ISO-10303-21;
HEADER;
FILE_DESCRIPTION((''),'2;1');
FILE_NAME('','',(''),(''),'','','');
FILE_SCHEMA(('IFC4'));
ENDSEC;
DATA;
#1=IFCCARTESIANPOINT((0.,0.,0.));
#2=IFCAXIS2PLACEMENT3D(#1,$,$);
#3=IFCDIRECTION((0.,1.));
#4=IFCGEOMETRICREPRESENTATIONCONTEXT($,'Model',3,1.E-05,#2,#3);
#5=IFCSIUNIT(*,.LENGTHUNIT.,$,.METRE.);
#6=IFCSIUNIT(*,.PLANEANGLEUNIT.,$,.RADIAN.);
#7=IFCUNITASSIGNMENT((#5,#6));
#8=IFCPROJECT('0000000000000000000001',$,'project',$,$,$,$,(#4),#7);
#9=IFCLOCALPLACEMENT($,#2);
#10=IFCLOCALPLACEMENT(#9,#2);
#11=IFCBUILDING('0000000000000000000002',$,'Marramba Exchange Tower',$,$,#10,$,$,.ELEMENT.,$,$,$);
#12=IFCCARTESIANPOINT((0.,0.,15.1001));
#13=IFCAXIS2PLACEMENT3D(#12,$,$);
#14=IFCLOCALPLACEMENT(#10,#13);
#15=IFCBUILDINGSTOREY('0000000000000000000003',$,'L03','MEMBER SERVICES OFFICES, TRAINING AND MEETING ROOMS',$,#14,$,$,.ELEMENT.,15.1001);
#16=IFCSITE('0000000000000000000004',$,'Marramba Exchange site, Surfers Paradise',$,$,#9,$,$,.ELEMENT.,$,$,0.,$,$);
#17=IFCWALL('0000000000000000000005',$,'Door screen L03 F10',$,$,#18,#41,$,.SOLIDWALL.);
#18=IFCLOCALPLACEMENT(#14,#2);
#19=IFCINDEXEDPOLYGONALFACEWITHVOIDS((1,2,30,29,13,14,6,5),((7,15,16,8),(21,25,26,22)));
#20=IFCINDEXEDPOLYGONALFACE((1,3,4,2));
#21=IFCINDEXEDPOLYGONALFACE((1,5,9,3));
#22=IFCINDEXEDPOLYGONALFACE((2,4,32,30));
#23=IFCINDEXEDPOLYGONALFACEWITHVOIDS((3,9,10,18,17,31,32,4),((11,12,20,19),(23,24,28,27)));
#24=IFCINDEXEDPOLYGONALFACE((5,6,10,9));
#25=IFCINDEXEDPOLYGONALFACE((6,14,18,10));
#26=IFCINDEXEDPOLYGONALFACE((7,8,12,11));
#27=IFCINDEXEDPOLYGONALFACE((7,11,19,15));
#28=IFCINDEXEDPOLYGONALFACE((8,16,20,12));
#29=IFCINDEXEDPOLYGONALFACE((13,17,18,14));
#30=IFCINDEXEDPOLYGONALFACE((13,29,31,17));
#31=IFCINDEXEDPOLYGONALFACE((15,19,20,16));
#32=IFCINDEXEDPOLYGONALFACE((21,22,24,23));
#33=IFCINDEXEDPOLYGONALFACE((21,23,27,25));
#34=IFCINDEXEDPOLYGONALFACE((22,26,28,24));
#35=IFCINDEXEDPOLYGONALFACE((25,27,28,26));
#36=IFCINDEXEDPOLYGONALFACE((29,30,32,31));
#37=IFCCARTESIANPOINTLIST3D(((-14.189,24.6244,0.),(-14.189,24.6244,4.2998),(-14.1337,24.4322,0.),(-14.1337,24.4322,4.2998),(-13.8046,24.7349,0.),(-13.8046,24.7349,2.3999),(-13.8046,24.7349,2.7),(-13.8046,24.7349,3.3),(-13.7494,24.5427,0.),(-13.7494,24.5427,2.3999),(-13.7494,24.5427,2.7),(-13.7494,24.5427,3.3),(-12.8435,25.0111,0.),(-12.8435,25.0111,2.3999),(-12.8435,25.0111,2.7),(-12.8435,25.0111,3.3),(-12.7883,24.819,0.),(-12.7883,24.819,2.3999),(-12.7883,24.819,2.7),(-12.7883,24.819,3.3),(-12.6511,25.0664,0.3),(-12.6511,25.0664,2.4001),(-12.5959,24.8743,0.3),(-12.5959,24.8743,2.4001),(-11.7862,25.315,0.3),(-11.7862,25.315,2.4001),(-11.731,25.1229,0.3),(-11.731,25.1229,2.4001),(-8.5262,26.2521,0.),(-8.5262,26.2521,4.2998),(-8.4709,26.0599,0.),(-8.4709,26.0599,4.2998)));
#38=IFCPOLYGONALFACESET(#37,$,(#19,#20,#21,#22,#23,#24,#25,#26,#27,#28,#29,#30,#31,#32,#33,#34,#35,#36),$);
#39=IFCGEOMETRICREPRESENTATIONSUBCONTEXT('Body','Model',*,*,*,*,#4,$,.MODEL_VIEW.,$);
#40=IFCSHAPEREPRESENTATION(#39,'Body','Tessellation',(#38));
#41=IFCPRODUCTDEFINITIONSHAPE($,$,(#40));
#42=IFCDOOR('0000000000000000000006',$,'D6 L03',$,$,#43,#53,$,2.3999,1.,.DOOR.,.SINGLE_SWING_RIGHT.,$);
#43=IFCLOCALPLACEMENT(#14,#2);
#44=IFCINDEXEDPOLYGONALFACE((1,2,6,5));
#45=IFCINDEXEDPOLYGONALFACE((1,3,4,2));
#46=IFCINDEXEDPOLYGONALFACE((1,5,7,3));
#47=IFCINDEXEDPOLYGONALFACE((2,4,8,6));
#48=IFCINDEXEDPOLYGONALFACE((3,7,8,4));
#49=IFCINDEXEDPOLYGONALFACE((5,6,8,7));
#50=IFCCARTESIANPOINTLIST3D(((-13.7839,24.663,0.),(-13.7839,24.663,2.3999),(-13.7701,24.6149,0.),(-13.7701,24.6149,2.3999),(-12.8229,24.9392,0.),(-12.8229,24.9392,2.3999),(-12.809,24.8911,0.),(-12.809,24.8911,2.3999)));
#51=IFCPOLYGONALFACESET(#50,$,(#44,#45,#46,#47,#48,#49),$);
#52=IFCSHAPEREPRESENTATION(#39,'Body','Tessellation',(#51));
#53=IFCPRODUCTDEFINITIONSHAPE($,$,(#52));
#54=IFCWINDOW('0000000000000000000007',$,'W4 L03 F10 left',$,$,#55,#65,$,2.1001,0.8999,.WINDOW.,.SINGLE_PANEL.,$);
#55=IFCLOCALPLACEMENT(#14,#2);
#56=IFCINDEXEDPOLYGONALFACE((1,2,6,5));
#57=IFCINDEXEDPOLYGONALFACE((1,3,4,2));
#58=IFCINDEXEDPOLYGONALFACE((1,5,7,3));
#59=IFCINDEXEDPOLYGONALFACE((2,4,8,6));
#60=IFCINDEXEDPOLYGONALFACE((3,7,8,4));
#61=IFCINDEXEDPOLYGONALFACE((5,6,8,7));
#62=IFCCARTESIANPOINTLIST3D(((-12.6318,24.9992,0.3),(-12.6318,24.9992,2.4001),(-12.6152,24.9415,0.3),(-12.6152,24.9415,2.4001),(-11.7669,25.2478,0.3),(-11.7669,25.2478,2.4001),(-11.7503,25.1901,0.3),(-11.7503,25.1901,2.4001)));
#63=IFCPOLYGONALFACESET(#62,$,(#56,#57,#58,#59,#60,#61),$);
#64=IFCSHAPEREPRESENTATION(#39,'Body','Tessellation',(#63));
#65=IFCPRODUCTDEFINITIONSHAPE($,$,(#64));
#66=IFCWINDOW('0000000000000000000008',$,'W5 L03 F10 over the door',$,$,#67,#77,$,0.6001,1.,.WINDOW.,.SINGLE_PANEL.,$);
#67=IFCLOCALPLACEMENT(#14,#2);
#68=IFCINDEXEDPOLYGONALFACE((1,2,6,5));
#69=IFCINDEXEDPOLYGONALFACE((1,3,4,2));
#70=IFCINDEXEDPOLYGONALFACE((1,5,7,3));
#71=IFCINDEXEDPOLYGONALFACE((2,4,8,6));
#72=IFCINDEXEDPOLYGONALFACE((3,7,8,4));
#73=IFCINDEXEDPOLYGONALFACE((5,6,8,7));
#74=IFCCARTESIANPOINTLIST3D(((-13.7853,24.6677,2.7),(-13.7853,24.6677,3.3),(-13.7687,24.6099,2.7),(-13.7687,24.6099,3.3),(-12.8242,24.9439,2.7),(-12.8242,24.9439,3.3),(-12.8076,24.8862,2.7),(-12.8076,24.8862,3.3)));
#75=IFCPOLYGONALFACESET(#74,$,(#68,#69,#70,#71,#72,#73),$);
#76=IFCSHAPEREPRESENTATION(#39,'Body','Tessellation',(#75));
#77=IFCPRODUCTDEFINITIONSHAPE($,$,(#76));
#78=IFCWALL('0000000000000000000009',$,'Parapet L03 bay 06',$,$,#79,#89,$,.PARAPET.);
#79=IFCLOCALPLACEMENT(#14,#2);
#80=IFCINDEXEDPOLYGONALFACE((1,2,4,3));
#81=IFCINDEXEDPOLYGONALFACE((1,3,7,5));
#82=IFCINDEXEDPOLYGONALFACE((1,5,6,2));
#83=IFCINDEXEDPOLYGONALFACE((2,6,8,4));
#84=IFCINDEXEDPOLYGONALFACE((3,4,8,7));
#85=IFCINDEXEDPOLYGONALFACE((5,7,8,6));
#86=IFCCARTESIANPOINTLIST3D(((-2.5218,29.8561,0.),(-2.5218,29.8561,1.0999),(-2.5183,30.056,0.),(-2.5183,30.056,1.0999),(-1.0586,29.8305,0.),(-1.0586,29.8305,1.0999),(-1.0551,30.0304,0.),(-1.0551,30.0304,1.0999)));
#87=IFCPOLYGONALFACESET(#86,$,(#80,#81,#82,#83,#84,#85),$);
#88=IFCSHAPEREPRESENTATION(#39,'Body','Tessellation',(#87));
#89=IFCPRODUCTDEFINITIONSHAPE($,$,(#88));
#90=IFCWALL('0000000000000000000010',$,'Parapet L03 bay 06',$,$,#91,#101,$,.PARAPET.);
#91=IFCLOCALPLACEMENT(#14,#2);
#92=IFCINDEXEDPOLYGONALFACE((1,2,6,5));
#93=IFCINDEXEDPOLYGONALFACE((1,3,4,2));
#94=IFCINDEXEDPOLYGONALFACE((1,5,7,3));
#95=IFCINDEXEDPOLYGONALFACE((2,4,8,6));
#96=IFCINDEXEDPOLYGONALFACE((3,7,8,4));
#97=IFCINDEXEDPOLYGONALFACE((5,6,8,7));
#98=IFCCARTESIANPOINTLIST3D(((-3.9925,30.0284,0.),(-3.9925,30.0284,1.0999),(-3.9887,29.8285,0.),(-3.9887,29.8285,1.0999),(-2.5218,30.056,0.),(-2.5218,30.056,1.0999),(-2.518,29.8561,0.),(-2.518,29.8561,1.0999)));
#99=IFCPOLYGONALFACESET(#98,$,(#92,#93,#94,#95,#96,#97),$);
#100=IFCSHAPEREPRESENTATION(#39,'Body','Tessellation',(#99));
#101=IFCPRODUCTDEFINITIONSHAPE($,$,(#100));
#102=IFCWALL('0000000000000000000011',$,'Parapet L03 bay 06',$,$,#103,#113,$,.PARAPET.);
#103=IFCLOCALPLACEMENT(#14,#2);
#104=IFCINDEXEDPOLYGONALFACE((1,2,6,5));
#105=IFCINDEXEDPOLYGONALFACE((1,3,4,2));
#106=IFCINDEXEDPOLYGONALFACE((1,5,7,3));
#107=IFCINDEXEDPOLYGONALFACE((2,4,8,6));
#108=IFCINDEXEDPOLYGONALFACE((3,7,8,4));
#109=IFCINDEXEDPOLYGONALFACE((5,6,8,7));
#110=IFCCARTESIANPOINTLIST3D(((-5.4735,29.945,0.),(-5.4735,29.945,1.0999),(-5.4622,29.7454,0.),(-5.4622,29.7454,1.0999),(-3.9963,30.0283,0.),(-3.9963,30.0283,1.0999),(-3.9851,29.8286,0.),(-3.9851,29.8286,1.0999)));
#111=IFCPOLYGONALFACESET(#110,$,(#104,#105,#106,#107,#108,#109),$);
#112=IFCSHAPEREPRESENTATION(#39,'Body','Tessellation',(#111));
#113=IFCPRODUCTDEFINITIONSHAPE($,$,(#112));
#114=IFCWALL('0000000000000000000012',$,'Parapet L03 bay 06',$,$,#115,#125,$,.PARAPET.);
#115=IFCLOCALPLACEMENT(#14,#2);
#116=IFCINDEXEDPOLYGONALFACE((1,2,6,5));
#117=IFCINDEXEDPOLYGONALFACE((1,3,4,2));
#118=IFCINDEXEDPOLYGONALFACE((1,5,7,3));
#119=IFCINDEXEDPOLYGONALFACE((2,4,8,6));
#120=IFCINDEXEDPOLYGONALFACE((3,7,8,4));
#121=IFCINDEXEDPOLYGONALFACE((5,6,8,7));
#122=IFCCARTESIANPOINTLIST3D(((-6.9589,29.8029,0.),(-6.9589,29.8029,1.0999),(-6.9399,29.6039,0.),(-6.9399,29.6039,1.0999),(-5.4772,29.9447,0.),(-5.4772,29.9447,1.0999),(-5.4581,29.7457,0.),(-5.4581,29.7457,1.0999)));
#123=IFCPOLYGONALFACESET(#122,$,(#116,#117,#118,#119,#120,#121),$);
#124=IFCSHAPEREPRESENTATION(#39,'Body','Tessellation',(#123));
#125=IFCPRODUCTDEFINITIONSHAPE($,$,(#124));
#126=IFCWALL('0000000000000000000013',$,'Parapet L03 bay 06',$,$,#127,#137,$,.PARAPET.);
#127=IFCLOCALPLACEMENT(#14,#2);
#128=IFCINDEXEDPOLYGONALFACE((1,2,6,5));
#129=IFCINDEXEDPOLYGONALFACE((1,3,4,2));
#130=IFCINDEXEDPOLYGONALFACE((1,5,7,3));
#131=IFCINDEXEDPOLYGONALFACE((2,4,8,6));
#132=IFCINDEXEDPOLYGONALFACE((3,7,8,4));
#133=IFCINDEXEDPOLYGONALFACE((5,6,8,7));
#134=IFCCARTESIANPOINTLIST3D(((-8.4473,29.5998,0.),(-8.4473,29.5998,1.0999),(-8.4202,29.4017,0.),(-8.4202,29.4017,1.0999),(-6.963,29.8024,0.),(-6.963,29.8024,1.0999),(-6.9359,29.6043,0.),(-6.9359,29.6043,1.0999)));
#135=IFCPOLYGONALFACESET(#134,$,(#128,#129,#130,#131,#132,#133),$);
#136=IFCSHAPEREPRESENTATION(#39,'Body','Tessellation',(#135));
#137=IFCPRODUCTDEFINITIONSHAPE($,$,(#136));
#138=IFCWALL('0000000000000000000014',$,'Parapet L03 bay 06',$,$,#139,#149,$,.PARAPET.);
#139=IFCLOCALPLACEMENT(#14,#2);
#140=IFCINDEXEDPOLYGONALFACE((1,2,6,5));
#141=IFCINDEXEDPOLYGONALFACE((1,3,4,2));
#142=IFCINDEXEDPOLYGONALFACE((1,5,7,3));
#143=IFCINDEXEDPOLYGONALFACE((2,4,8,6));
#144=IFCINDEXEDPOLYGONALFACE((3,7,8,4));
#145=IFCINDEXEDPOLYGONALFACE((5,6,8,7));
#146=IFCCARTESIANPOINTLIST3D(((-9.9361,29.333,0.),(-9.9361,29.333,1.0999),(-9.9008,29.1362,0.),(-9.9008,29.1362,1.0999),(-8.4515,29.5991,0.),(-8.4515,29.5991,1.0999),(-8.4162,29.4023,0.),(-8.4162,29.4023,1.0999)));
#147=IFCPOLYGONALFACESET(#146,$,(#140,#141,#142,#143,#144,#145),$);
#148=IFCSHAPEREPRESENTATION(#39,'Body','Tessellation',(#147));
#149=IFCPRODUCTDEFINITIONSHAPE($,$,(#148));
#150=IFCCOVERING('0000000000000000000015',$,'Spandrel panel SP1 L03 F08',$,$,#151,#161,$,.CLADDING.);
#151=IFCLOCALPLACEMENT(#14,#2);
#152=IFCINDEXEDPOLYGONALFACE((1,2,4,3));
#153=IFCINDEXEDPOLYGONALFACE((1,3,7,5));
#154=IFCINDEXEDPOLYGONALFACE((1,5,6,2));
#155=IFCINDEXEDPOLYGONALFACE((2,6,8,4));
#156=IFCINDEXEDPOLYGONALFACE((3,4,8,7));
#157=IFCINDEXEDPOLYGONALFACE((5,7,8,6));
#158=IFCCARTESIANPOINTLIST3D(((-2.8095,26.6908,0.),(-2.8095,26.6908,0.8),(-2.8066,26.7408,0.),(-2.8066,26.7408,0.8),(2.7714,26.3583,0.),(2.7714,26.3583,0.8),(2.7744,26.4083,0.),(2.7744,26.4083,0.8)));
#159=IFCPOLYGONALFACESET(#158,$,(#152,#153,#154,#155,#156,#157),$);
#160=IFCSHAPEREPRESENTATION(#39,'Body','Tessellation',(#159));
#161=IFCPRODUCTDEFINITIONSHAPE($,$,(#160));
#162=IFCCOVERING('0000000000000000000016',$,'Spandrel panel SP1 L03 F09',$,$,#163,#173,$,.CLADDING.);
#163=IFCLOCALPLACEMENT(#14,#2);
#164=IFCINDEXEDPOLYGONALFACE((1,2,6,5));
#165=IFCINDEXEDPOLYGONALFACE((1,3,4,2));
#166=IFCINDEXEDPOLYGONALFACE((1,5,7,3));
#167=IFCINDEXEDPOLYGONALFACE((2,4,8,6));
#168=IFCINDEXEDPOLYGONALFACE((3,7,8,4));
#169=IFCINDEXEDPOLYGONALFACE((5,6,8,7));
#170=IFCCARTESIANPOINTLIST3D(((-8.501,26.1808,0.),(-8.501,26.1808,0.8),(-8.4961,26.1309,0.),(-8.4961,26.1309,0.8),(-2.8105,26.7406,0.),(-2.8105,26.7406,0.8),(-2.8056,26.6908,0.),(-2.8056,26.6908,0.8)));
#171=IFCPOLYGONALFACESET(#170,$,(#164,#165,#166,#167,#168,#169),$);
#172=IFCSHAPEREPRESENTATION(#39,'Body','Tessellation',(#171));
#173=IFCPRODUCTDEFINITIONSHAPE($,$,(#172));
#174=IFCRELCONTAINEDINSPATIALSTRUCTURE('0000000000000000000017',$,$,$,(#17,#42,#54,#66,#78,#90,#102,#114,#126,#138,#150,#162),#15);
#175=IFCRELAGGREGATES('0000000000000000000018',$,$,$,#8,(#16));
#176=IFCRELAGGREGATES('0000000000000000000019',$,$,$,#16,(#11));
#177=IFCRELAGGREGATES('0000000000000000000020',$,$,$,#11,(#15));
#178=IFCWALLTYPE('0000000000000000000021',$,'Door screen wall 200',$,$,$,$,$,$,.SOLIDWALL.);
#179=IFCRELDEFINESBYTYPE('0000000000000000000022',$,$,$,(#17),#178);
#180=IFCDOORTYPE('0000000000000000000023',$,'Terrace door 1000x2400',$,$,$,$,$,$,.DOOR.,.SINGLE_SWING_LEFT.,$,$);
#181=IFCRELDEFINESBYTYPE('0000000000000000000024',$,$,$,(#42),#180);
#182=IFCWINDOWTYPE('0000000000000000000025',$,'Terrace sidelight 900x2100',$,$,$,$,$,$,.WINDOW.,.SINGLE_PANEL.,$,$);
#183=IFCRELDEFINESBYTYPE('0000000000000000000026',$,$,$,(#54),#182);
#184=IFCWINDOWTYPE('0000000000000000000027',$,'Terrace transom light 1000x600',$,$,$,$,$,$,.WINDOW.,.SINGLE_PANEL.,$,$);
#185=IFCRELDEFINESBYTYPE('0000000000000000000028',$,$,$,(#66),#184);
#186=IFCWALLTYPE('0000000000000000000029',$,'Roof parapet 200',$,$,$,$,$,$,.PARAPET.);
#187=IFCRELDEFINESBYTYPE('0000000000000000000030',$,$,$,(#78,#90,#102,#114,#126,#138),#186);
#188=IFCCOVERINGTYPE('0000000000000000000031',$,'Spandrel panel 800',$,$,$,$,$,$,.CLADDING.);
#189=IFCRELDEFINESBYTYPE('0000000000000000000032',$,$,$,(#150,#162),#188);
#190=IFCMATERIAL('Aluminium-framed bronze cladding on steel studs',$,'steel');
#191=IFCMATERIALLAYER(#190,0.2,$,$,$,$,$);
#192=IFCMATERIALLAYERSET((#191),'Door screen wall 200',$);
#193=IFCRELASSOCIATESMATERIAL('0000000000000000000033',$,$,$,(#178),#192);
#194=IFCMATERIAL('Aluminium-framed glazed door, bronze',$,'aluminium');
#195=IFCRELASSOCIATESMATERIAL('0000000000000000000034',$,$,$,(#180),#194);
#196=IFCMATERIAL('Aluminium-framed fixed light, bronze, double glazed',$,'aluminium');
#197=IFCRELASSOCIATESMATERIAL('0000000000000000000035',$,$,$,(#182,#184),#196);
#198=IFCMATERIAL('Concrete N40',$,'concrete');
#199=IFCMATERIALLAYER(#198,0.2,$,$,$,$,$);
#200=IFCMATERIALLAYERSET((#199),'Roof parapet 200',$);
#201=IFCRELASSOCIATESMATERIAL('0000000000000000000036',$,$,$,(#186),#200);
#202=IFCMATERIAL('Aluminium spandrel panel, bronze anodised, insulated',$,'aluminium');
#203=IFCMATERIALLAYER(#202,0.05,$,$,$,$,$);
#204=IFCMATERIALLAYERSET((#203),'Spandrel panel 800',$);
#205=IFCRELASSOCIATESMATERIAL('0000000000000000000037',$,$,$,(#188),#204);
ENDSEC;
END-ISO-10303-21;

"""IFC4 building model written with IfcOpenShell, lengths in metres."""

from ifc_helpers import new_model, si_unit, direction, frame, frame_2d, origin, origin_2d, place, context, subcontext, project, spatial, rectangle, extrude, material, layer, layer_set, type_object, element, fill, save


model = new_model("IFC4")

# Units and contexts
model_context = context("Model", 3, precision=1e-05, world=origin(), true_north=direction((0.0, 1.0)))
body_context = subcontext(model_context, "Body", "Model", "MODEL_VIEW")
ifc_project = project(units=[si_unit("LENGTHUNIT", "METRE"), si_unit("PLANEANGLEUNIT", "RADIAN")], contexts=[model_context])

# Site, building, storey
site_placement = place(None, origin())
site = spatial("IfcSite", under=ifc_project, at=site_placement, Name="Marramba Exchange site, Surfers Paradise", CompositionType="ELEMENT", RefElevation=0.0)
building_placement = place(site_placement, origin())
building = spatial("IfcBuilding", under=site, at=building_placement, Name="Marramba Exchange Tower", CompositionType="ELEMENT")
storey_placement = place(building_placement, frame((0.0, 0.0, 15.1001)))
storey = spatial("IfcBuildingStorey", under=building, at=storey_placement, Name="L03", Description="MEMBER SERVICES OFFICES, TRAINING AND MEETING ROOMS", CompositionType="ELEMENT", Elevation=15.1001)

# Wall, openings, door, windows
ifc_material_1 = material(Name="Aluminium-framed bronze cladding on steel studs", Category="steel")
ifc_layer_1 = layer(ifc_material_1, 0.2)
ifc_layer_set_1 = layer_set([ifc_layer_1], Name="Door screen wall 200")
wall_type_1 = type_object("IfcWallType", Name="Door screen wall 200", PredefinedType="SOLIDWALL", material=ifc_layer_set_1)
wall_1_placement = place(storey_placement, frame((-8.4985, 26.156, 0.0), z_axis=(0.0, 0.0, 1.0), x_axis=(-0.961086, -0.276248, 0.0)))
wall_1 = element("IfcWall", 1, at=wall_1_placement, inside=storey, type_object=wall_type_1, Name="Door screen L03 F10", PredefinedType="SOLIDWALL", context=body_context, shape_type="SweptSolid", body=[
    extrude(rectangle(XDim=5.8921, YDim=0.2, at=frame_2d((2.946, 0.0))), origin(), (0.0, 0.0, 1.0), 4.2998),
])
opening_1_placement = place(wall_1_placement, frame((4.4922, 0.0, 0.0)))
opening_1 = element("IfcOpeningElement", 2, at=opening_1_placement, cuts=wall_1, PredefinedType="OPENING", context=body_context, shape_type="SweptSolid", body=[
    extrude(rectangle(XDim=1.0, YDim=2.3999, at=frame_2d((0.5, 1.2))), frame((0.0, 0.1099, 0.0), z_axis=(0.0, -1.0, 0.0), x_axis=(1.0, 0.0, 0.0)), (0.0, 0.0, 1.0), 0.22),
])
opening_2_placement = place(wall_1_placement, frame((3.3921, 0.0, 0.3)))
opening_2 = element("IfcOpeningElement", 3, at=opening_2_placement, cuts=wall_1, PredefinedType="OPENING", context=body_context, shape_type="SweptSolid", body=[
    extrude(rectangle(XDim=0.8999, YDim=2.1001, at=frame_2d((0.45, 1.05))), frame((0.0, 0.1099, 0.0), z_axis=(0.0, -1.0, 0.0), x_axis=(1.0, 0.0, 0.0)), (0.0, 0.0, 1.0), 0.22),
])
opening_3_placement = place(wall_1_placement, frame((4.4922, 0.0, 2.7)))
opening_3 = element("IfcOpeningElement", 4, at=opening_3_placement, cuts=wall_1, PredefinedType="OPENING", context=body_context, shape_type="SweptSolid", body=[
    extrude(rectangle(XDim=1.0, YDim=0.6001, at=frame_2d((0.5, 0.3))), frame((0.0, 0.1099, 0.0), z_axis=(0.0, -1.0, 0.0), x_axis=(1.0, 0.0, 0.0)), (0.0, 0.0, 1.0), 0.22),
])
ifc_material_2 = material(Name="Aluminium-framed glazed door, bronze", Category="aluminium")
door_type = type_object("IfcDoorType", Name="Terrace door 1000x2400", OperationType="SINGLE_SWING_LEFT", PredefinedType="DOOR", material=ifc_material_2)
door_placement = place(opening_1_placement, frame((1.0, 0.0, 0.0), z_axis=(0.0, 0.0, 1.0), x_axis=(-1.0, 0.0, 0.0)))
door = element("IfcDoor", 5, at=door_placement, inside=storey, type_object=door_type, Name="D6 L03", OperationType="SINGLE_SWING_RIGHT", OverallHeight=2.3999, OverallWidth=1.0, PredefinedType="DOOR", context=body_context, shape_type="SweptSolid", body=[
    extrude(rectangle(XDim=1.0, YDim=2.3999, at=frame_2d((0.5, 1.2))), frame((0.0, 0.0251, 0.0), z_axis=(0.0, -1.0, 0.0), x_axis=(1.0, 0.0, 0.0)), (0.0, 0.0, 1.0), 0.05),
])
fill(opening_1, door)
ifc_material_3 = material(Name="Aluminium-framed fixed light, bronze, double glazed", Category="aluminium")
window_type_1 = type_object("IfcWindowType", Name="Terrace sidelight 900x2100", PartitioningType="SINGLE_PANEL", PredefinedType="WINDOW", material=ifc_material_3)
window_1_placement = place(opening_2_placement, origin())
window_1 = element("IfcWindow", 6, at=window_1_placement, inside=storey, type_object=window_type_1, Name="W4 L03 F10 left", OverallHeight=2.1001, OverallWidth=0.8999, PartitioningType="SINGLE_PANEL", PredefinedType="WINDOW", context=body_context, shape_type="SweptSolid", body=[
    extrude(rectangle(XDim=0.8999, YDim=2.1001, at=frame_2d((0.45, 1.05))), frame((0.0, 0.03, 0.0), z_axis=(0.0, -1.0, 0.0), x_axis=(1.0, 0.0, 0.0)), (0.0, 0.0, 1.0), 0.0601),
])
fill(opening_2, window_1)
window_type_2 = type_object("IfcWindowType", Name="Terrace transom light 1000x600", PartitioningType="SINGLE_PANEL", PredefinedType="WINDOW", material=ifc_material_3)
window_2_placement = place(opening_3_placement, origin())
window_2 = element("IfcWindow", 7, at=window_2_placement, inside=storey, type_object=window_type_2, Name="W5 L03 F10 over the door", OverallHeight=0.6001, OverallWidth=1.0, PartitioningType="SINGLE_PANEL", PredefinedType="WINDOW", context=body_context, shape_type="SweptSolid", body=[
    extrude(rectangle(XDim=1.0, YDim=0.6001, at=frame_2d((0.5, 0.3))), frame((0.0, 0.03, 0.0), z_axis=(0.0, -1.0, 0.0), x_axis=(1.0, 0.0, 0.0)), (0.0, 0.0, 1.0), 0.0601),
])
fill(opening_3, window_2)

# Walls
ifc_material_4 = material(Name="Concrete N40", Category="concrete")
ifc_layer_2 = layer(ifc_material_4, 0.2)
ifc_layer_set_2 = layer_set([ifc_layer_2], Name="Roof parapet 200")
wall_type_2 = type_object("IfcWallType", Name="Roof parapet 200", PredefinedType="PARAPET", material=ifc_layer_set_2)
wall_2_placement = place(storey_placement, frame((-1.0569, 29.9304, 0.0), z_axis=(0.0, 0.0, 1.0), x_axis=(-0.999847, 0.017518, 0.0)))
element("IfcWall", 8, at=wall_2_placement, inside=storey, type_object=wall_type_2, Name="Parapet L03 bay 06", PredefinedType="PARAPET", context=body_context, shape_type="SweptSolid", body=[
    extrude(rectangle(XDim=1.4634, YDim=0.2, at=frame_2d((0.7317, 0.0))), origin(), (0.0, 0.0, 1.0), 1.0999),
])
wall_3_placement = place(storey_placement, frame((-2.52, 29.9561, 0.0), z_axis=(0.0, 0.0, 1.0), x_axis=(-0.999824, -0.018755, 0.0)))
element("IfcWall", 9, at=wall_3_placement, inside=storey, type_object=wall_type_2, Name="Parapet L03 bay 06", PredefinedType="PARAPET", context=body_context, shape_type="SweptSolid", body=[
    extrude(rectangle(XDim=1.4709, YDim=0.2, at=frame_2d((0.7354, 0.0))), origin(), (0.0, 0.0, 1.0), 1.0999),
])
wall_4_placement = place(storey_placement, frame((-3.9907, 29.9285, 0.0), z_axis=(0.0, 0.0, 1.0), x_axis=(-0.998415, -0.056274, 0.0)))
element("IfcWall", 10, at=wall_4_placement, inside=storey, type_object=wall_type_2, Name="Parapet L03 bay 06", PredefinedType="PARAPET", context=body_context, shape_type="SweptSolid", body=[
    extrude(rectangle(XDim=1.4795, YDim=0.2, at=frame_2d((0.7397, 0.0))), origin(), (0.0, 0.0, 1.0), 1.0999),
])
wall_5_placement = place(storey_placement, frame((-5.4678, 29.8452, 0.0), z_axis=(0.0, 0.0, 1.0), x_axis=(-0.995449, -0.095297, 0.0)))
element("IfcWall", 11, at=wall_5_placement, inside=storey, type_object=wall_type_2, Name="Parapet L03 bay 06", PredefinedType="PARAPET", context=body_context, shape_type="SweptSolid", body=[
    extrude(rectangle(XDim=1.4885, YDim=0.2, at=frame_2d((0.7441, 0.0))), origin(), (0.0, 0.0, 1.0), 1.0999),
])
wall_6_placement = place(storey_placement, frame((-6.9495, 29.7034, 0.0), z_axis=(0.0, 0.0, 1.0), x_axis=(-0.99081, -0.135259, 0.0)))
element("IfcWall", 12, at=wall_6_placement, inside=storey, type_object=wall_type_2, Name="Parapet L03 bay 06", PredefinedType="PARAPET", context=body_context, shape_type="SweptSolid", body=[
    extrude(rectangle(XDim=1.498, YDim=0.2, at=frame_2d((0.749, 0.0))), origin(), (0.0, 0.0, 1.0), 1.0999),
])
wall_7_placement = place(storey_placement, frame((-8.4338, 29.5007, 0.0), z_axis=(0.0, 0.0, 1.0), x_axis=(-0.984312, -0.176435, 0.0)))
element("IfcWall", 13, at=wall_7_placement, inside=storey, type_object=wall_type_2, Name="Parapet L03 bay 06", PredefinedType="PARAPET", context=body_context, shape_type="SweptSolid", body=[
    extrude(rectangle(XDim=1.5083, YDim=0.2, at=frame_2d((0.7542, 0.0))), origin(), (0.0, 0.0, 1.0), 1.0999),
])

# Coverings
ifc_material_5 = material(Name="Aluminium spandrel panel, bronze anodised, insulated", Category="aluminium")
ifc_layer_3 = layer(ifc_material_5, 0.05)
ifc_layer_set_3 = layer_set([ifc_layer_3], Name="Spandrel panel 800")
covering_type = type_object("IfcCoveringType", Name="Spandrel panel 800", PredefinedType="CLADDING", material=ifc_layer_set_3)
covering_1_placement = place(storey_placement, frame((-0.0176, 26.5496, 0.0), z_axis=(0.0, 0.0, 1.0), x_axis=(-0.99823, 0.059468, 0.0)))
element("IfcCovering", 14, at=covering_1_placement, inside=storey, type_object=covering_type, Name="Spandrel panel SP1 L03 F08", PredefinedType="CLADDING", context=body_context, shape_type="SweptSolid", body=[
    extrude(rectangle(XDim=5.5908, YDim=0.05, at=origin_2d()), origin(), (0.0, 0.0, 1.0), 0.8),
])
covering_2_placement = place(storey_placement, frame((-5.6533, 26.4358, 0.0), z_axis=(0.0, 0.0, 1.0), x_axis=(-0.995195, -0.097914, 0.0)))
element("IfcCovering", 15, at=covering_2_placement, inside=storey, type_object=covering_type, Name="Spandrel panel SP1 L03 F09", PredefinedType="CLADDING", context=body_context, shape_type="SweptSolid", body=[
    extrude(rectangle(XDim=5.718, YDim=0.05, at=origin_2d()), origin(), (0.0, 0.0, 1.0), 0.8),
])

save(model, "model.ifc")
